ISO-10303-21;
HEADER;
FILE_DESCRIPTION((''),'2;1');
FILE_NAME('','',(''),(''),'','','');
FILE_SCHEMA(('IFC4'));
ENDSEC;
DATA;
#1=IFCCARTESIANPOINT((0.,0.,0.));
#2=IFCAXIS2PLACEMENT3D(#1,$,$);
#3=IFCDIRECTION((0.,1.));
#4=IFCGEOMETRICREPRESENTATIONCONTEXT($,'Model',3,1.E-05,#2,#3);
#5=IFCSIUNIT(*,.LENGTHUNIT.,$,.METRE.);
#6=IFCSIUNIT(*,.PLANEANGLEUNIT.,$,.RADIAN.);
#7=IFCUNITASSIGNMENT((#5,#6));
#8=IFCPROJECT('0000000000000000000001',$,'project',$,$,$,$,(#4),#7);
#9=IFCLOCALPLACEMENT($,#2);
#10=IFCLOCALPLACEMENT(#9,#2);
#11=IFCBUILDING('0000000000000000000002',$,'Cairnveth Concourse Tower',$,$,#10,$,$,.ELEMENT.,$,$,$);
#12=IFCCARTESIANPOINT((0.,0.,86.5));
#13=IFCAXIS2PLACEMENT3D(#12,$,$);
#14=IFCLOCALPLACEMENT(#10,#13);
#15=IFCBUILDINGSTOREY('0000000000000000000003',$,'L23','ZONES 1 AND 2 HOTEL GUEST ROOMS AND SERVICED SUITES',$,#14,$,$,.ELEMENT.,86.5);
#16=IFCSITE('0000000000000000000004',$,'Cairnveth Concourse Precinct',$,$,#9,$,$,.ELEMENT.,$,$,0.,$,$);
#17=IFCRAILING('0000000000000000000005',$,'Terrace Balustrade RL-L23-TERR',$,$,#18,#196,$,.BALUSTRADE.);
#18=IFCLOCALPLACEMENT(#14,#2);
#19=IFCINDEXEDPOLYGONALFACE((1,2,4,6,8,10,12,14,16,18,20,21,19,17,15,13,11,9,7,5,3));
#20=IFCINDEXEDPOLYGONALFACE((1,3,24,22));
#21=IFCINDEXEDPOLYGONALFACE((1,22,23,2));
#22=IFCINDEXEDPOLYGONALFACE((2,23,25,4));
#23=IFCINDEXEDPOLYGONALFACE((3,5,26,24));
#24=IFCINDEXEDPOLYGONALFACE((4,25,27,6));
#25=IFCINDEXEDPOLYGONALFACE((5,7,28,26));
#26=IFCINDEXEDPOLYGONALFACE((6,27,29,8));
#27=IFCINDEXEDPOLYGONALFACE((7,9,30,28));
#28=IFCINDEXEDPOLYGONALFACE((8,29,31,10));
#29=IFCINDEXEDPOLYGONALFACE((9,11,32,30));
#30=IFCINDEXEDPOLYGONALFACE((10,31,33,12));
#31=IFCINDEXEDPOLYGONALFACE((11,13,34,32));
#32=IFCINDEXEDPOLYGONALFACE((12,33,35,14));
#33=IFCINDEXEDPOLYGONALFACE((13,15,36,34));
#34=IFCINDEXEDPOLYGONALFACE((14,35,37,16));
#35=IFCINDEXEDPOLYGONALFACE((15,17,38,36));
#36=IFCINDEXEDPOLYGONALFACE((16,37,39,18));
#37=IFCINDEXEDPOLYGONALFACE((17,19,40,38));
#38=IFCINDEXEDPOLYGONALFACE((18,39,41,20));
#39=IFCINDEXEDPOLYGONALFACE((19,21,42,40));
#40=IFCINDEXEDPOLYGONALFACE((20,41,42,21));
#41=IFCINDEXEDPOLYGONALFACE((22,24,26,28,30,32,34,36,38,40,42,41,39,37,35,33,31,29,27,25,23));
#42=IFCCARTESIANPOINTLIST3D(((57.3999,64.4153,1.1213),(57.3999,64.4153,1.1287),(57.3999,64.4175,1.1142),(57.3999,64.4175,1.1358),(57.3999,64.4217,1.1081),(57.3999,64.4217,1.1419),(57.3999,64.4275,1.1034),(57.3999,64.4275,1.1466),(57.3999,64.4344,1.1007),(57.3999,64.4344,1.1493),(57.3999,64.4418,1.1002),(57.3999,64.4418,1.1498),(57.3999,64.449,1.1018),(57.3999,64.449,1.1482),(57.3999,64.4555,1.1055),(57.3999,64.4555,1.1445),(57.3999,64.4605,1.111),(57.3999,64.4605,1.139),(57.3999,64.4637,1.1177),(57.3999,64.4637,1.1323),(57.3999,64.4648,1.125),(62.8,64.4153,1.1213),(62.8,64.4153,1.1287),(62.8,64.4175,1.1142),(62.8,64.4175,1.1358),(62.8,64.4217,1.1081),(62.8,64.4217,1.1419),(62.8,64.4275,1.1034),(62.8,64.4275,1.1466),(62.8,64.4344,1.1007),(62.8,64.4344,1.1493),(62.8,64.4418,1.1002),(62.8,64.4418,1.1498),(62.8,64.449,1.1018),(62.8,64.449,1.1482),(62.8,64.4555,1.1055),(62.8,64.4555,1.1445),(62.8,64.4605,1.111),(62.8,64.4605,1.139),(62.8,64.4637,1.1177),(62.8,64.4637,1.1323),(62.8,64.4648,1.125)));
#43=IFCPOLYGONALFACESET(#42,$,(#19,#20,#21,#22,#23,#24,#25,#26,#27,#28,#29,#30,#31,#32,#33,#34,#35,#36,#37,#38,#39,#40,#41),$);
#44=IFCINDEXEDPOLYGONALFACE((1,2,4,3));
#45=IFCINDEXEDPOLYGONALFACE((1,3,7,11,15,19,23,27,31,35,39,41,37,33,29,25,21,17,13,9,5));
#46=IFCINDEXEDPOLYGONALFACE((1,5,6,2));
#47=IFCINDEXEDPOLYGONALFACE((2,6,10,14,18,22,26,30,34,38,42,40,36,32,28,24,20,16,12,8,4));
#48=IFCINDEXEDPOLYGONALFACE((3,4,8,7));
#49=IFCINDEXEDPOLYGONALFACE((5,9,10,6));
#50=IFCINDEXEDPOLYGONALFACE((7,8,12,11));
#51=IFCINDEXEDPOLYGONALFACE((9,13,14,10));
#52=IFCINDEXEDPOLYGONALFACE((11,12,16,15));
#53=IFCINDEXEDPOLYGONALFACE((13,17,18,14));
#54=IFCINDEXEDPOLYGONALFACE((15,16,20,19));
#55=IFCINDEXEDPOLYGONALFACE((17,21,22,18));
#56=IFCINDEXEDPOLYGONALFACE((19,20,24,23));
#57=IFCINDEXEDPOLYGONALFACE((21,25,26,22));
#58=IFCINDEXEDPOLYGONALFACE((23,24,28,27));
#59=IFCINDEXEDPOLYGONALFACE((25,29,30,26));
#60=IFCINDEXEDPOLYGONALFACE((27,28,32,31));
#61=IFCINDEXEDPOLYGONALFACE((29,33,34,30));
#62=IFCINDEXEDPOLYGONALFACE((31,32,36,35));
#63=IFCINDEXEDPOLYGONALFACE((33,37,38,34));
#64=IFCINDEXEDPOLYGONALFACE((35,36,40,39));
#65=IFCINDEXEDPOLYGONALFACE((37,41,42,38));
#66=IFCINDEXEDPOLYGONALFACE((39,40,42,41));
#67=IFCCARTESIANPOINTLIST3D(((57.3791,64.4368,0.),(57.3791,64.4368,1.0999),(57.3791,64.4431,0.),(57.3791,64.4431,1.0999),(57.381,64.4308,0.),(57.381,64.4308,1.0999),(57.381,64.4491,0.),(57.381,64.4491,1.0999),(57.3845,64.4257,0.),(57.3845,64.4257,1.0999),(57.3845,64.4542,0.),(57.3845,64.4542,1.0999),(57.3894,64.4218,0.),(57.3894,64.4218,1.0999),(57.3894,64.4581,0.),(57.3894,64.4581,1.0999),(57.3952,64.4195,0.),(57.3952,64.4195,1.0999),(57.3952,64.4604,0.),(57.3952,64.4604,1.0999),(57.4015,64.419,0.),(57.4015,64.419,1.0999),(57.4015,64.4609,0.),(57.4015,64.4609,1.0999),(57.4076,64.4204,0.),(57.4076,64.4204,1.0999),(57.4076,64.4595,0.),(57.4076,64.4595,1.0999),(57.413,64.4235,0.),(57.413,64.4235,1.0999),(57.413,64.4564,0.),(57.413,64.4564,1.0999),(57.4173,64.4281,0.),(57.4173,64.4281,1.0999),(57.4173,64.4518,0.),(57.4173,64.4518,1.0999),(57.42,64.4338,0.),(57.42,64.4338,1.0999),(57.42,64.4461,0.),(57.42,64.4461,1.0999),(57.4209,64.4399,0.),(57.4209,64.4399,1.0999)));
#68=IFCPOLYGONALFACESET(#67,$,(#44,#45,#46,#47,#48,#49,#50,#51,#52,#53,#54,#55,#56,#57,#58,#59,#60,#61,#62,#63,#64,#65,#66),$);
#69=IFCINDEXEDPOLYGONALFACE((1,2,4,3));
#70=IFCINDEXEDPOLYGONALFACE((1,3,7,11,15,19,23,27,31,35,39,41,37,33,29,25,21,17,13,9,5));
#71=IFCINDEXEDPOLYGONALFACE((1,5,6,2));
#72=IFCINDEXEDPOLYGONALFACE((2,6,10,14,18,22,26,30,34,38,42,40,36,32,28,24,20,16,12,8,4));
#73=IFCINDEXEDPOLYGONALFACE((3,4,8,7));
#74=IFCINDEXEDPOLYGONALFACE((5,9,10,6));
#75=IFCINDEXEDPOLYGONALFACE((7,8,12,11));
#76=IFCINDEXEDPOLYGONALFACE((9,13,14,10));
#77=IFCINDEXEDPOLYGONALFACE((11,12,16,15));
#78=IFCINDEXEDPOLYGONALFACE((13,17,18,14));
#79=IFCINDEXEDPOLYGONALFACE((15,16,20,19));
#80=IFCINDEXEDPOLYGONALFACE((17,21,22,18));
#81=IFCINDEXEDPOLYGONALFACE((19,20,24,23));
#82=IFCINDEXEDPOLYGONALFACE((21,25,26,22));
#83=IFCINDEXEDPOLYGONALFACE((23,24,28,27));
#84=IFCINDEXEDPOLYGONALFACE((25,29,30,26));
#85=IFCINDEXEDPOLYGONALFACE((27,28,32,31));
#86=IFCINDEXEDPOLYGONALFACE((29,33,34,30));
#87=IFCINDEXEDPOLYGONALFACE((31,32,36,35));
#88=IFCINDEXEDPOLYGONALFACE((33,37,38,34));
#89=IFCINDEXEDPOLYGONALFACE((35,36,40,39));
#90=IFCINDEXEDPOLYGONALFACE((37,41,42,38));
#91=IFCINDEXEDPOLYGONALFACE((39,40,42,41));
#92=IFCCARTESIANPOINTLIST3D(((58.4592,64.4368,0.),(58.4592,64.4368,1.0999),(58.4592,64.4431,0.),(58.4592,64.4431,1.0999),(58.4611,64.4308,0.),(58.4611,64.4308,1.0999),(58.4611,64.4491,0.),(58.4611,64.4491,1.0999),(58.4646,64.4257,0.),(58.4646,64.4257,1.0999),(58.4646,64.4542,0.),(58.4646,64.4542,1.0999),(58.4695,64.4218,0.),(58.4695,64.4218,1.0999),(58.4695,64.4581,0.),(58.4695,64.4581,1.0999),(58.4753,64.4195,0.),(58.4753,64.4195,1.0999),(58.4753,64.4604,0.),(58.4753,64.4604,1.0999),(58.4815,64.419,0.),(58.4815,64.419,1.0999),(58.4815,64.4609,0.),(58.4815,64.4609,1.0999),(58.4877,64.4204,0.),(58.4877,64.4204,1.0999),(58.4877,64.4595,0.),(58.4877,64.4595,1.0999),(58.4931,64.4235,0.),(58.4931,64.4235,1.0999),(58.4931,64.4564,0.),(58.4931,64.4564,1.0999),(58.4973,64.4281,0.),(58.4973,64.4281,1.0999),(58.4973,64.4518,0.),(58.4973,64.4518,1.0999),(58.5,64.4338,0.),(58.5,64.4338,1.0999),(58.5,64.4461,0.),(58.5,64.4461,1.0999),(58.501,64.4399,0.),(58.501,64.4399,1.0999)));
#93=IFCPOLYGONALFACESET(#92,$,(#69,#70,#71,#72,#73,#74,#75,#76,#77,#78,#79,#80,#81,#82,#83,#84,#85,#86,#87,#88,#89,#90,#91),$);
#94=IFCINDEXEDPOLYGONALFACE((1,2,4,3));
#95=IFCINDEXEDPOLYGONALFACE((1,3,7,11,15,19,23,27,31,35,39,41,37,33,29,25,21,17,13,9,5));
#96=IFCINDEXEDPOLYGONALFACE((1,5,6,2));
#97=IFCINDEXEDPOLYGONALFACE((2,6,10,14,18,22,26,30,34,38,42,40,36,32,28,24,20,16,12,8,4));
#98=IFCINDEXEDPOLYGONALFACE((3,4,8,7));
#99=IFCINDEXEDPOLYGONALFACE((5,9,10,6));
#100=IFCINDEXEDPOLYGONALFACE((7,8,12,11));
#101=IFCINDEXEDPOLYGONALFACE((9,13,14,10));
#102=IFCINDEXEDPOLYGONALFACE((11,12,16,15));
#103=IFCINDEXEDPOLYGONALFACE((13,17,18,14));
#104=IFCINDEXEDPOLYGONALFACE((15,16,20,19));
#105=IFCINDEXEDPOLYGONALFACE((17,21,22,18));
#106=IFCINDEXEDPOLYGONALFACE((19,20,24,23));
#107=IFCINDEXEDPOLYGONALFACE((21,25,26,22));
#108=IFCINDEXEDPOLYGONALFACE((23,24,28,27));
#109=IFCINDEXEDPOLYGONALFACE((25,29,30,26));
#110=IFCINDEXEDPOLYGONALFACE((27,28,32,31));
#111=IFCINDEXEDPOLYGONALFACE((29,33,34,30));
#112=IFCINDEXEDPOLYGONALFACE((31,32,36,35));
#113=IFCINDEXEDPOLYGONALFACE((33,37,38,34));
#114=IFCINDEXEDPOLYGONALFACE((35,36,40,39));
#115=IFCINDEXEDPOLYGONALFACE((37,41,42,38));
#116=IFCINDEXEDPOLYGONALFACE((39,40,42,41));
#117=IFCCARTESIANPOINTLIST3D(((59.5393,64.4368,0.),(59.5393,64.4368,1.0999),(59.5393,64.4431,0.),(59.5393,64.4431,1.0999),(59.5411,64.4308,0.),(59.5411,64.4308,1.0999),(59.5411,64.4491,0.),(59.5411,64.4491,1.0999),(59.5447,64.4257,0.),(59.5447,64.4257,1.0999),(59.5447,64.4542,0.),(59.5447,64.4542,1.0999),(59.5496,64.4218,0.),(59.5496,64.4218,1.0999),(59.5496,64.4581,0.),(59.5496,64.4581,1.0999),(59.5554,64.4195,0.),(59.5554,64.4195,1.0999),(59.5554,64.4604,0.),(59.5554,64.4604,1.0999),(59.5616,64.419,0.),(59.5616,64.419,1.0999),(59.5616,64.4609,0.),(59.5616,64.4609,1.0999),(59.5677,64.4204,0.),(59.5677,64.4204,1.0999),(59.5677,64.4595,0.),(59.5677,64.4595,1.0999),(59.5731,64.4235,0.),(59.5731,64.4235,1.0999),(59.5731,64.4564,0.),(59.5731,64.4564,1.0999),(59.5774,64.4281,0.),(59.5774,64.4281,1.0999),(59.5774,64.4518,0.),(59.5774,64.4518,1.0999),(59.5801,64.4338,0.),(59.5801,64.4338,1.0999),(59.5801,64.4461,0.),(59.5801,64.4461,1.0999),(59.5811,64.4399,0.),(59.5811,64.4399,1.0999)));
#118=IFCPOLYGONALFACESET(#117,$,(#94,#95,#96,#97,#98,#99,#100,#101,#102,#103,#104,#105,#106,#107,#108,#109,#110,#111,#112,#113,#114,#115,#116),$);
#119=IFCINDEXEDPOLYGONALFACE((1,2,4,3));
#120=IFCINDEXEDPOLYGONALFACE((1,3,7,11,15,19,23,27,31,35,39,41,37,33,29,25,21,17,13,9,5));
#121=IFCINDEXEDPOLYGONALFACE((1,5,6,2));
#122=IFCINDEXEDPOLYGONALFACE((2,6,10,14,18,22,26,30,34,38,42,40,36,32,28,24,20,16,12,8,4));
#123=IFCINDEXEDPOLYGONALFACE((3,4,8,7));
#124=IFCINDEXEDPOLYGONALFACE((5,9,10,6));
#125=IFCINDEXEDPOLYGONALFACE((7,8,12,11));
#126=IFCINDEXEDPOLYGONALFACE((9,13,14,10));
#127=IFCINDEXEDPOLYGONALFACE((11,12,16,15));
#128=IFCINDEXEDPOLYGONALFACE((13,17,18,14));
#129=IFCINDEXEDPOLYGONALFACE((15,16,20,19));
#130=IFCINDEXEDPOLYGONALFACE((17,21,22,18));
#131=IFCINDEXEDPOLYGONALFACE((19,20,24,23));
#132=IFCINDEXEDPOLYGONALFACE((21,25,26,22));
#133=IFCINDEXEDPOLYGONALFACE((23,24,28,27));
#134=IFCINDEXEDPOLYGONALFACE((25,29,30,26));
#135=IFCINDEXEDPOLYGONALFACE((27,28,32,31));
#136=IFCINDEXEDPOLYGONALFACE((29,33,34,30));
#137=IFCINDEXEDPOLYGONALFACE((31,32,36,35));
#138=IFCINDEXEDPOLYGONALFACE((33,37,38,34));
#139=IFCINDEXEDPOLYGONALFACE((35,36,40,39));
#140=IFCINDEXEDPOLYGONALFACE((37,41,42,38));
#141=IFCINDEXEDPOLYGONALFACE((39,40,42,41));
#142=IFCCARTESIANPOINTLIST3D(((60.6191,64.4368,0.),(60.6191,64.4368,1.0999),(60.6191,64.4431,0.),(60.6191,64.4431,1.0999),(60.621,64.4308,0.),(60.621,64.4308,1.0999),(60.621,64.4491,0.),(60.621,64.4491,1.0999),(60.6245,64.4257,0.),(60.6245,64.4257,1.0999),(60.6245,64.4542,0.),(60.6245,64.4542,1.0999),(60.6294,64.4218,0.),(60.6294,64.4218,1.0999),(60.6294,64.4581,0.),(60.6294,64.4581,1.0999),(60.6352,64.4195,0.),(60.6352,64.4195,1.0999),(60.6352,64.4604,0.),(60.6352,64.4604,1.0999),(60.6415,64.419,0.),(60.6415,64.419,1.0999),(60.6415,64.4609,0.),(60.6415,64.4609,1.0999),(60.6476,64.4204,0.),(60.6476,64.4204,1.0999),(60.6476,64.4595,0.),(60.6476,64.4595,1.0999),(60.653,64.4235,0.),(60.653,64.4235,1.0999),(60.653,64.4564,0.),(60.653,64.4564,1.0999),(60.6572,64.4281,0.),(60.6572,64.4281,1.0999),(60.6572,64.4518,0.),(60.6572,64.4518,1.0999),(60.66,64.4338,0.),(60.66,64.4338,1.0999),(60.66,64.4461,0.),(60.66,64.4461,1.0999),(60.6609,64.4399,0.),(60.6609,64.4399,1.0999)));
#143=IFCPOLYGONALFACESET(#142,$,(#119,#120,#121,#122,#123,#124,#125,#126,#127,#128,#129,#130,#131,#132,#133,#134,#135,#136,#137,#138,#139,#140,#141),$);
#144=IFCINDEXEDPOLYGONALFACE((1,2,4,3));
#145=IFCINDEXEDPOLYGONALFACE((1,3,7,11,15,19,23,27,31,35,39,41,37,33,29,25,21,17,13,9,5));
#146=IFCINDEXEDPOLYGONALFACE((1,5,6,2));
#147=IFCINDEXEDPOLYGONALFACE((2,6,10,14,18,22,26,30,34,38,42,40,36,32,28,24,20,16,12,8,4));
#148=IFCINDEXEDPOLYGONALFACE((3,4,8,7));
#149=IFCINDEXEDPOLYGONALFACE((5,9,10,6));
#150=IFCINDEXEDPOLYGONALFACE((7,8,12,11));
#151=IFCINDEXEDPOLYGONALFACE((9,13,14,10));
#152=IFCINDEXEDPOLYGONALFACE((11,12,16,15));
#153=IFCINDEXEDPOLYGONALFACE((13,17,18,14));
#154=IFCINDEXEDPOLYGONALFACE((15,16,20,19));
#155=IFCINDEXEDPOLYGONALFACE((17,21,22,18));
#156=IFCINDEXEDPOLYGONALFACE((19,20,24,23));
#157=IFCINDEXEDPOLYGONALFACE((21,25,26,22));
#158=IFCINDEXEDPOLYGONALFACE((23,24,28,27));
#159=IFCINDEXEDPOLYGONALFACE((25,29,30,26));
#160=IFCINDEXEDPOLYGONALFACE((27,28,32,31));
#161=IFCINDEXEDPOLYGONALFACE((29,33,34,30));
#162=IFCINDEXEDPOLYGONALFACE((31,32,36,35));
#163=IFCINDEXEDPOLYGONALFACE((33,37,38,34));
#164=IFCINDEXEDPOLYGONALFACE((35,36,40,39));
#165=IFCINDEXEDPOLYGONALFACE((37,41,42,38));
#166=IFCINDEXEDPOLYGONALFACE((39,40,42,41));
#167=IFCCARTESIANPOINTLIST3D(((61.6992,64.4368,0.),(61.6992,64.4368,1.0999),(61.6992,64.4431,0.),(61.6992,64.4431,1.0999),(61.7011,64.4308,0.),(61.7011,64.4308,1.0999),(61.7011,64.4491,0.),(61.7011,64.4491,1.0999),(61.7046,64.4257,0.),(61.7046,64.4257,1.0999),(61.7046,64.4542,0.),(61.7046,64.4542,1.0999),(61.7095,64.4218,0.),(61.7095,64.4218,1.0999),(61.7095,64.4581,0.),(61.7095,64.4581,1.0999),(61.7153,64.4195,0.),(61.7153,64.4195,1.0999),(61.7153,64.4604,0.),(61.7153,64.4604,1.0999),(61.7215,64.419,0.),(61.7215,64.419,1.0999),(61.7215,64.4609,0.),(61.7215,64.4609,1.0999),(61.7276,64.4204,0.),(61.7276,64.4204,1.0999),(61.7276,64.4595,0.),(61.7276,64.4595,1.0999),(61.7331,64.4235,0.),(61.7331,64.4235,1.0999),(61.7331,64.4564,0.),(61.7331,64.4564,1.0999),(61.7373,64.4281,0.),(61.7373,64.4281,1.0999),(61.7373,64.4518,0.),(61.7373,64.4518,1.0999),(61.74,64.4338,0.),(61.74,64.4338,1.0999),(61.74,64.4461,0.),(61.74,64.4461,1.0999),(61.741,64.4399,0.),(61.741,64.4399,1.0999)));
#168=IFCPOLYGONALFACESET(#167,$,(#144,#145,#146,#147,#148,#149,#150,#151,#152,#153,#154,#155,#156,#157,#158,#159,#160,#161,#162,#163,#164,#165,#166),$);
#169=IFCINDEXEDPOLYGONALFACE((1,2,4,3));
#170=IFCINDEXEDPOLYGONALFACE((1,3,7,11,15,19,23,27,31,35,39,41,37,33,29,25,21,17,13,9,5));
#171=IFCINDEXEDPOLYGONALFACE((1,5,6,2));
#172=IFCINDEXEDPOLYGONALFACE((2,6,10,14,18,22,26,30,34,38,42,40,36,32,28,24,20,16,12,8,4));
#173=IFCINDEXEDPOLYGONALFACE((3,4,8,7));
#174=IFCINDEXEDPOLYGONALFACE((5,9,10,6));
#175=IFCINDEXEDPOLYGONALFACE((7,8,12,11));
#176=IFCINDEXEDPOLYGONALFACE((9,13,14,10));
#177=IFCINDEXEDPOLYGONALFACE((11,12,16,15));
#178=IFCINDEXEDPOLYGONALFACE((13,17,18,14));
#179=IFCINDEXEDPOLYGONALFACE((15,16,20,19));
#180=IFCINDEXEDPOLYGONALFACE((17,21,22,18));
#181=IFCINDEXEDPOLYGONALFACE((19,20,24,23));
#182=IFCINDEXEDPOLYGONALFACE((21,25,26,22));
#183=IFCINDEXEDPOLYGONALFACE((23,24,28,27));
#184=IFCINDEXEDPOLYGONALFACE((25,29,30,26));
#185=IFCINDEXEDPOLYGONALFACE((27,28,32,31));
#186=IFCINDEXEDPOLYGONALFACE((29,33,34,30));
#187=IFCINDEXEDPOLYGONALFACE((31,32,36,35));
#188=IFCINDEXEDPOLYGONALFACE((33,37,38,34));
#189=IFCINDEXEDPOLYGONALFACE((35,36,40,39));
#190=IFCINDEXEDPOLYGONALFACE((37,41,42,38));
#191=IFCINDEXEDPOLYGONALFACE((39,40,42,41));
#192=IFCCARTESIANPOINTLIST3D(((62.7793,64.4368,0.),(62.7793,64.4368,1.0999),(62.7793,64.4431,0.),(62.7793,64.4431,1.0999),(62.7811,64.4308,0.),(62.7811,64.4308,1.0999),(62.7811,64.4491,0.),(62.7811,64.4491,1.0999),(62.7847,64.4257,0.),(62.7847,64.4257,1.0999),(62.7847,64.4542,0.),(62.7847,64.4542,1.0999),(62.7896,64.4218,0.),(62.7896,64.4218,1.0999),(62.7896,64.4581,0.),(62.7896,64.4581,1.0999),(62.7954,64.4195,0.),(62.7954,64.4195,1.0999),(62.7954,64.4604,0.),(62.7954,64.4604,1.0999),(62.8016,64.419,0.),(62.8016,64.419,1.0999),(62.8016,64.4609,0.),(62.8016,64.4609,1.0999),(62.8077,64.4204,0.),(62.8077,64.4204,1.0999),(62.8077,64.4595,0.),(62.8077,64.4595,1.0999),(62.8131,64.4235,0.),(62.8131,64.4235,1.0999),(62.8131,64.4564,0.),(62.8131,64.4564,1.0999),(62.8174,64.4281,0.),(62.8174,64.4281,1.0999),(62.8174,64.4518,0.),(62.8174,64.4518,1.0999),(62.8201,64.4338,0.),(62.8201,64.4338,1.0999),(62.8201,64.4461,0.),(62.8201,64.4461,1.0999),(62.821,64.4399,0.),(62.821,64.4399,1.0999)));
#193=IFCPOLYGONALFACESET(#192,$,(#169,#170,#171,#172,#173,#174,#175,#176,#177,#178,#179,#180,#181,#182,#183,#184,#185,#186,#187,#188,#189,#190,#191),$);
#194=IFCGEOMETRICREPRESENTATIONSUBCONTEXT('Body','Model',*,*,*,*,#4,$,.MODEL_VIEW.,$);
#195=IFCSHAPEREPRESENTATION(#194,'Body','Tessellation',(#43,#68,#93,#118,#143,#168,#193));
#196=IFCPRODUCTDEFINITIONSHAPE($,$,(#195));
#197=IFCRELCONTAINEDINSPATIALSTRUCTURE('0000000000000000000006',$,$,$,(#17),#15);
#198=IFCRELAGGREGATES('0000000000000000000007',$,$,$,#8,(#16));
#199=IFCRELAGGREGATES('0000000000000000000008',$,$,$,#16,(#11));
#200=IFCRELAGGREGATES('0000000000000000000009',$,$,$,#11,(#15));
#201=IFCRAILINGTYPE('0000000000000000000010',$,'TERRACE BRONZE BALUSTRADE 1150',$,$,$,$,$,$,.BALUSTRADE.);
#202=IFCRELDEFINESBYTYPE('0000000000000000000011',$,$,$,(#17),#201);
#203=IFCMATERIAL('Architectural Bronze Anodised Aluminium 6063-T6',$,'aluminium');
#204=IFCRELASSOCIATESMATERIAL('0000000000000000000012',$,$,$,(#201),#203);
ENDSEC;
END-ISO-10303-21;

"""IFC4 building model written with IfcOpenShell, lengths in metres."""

from ifc_helpers import new_model, si_unit, direction, frame, origin, origin_2d, place, context, subcontext, project, spatial, circle, extrude, material, type_object, element, save


model = new_model("IFC4")

# Units and contexts
model_context = context("Model", 3, precision=1e-05, world=origin(), true_north=direction((0.0, 1.0)))
body_context = subcontext(model_context, "Body", "Model", "MODEL_VIEW")
ifc_project = project(units=[si_unit("LENGTHUNIT", "METRE"), si_unit("PLANEANGLEUNIT", "RADIAN")], contexts=[model_context])

# Site, building, storey
site_placement = place(None, origin())
site = spatial("IfcSite", under=ifc_project, at=site_placement, Name="Cairnveth Concourse Precinct", CompositionType="ELEMENT", RefElevation=0.0)
building_placement = place(site_placement, origin())
building = spatial("IfcBuilding", under=site, at=building_placement, Name="Cairnveth Concourse Tower", CompositionType="ELEMENT")
storey_placement = place(building_placement, frame((0.0, 0.0, 86.5)))
storey = spatial("IfcBuildingStorey", under=building, at=storey_placement, Name="L23", Description="ZONES 1 AND 2 HOTEL GUEST ROOMS AND SERVICED SUITES", CompositionType="ELEMENT", Elevation=86.5)

# Shared definitions
ifc_material_1 = material(Name="Architectural Bronze Anodised Aluminium 6063-T6", Category="aluminium")

# Railing
railing_type = type_object("IfcRailingType", Name="TERRACE BRONZE BALUSTRADE 1150", PredefinedType="BALUSTRADE", material=ifc_material_1)
railing_placement = place(storey_placement, frame((57.3999, 64.4399, 0.0)))
element("IfcRailing", 1, at=railing_placement, inside=storey, type_object=railing_type, Name="Terrace Balustrade RL-L23-TERR", PredefinedType="BALUSTRADE", context=body_context, shape_type="SweptSolid", body=[
    extrude(circle(Radius=0.0249, at=origin_2d()), frame((0.0, 0.0, 1.125), z_axis=(1.0, 0.0, 0.0), x_axis=(0.0, 1.0, 0.0)), (0.0, 0.0, 1.0), 5.4001),
    extrude(circle(Radius=0.021, at=origin_2d()), origin(), (0.0, 0.0, 1.0), 1.0999),
    extrude(circle(Radius=0.021, at=origin_2d()), frame((1.0801, 0.0, 0.0)), (0.0, 0.0, 1.0), 1.0999),
    extrude(circle(Radius=0.021, at=origin_2d()), frame((2.1602, 0.0, 0.0)), (0.0, 0.0, 1.0), 1.0999),
    extrude(circle(Radius=0.021, at=origin_2d()), frame((3.24, 0.0, 0.0)), (0.0, 0.0, 1.0), 1.0999),
    extrude(circle(Radius=0.021, at=origin_2d()), frame((4.3201, 0.0, 0.0)), (0.0, 0.0, 1.0), 1.0999),
    extrude(circle(Radius=0.021, at=origin_2d()), frame((5.4001, 0.0, 0.0)), (0.0, 0.0, 1.0), 1.0999),
])

save(model, "model.ifc")
